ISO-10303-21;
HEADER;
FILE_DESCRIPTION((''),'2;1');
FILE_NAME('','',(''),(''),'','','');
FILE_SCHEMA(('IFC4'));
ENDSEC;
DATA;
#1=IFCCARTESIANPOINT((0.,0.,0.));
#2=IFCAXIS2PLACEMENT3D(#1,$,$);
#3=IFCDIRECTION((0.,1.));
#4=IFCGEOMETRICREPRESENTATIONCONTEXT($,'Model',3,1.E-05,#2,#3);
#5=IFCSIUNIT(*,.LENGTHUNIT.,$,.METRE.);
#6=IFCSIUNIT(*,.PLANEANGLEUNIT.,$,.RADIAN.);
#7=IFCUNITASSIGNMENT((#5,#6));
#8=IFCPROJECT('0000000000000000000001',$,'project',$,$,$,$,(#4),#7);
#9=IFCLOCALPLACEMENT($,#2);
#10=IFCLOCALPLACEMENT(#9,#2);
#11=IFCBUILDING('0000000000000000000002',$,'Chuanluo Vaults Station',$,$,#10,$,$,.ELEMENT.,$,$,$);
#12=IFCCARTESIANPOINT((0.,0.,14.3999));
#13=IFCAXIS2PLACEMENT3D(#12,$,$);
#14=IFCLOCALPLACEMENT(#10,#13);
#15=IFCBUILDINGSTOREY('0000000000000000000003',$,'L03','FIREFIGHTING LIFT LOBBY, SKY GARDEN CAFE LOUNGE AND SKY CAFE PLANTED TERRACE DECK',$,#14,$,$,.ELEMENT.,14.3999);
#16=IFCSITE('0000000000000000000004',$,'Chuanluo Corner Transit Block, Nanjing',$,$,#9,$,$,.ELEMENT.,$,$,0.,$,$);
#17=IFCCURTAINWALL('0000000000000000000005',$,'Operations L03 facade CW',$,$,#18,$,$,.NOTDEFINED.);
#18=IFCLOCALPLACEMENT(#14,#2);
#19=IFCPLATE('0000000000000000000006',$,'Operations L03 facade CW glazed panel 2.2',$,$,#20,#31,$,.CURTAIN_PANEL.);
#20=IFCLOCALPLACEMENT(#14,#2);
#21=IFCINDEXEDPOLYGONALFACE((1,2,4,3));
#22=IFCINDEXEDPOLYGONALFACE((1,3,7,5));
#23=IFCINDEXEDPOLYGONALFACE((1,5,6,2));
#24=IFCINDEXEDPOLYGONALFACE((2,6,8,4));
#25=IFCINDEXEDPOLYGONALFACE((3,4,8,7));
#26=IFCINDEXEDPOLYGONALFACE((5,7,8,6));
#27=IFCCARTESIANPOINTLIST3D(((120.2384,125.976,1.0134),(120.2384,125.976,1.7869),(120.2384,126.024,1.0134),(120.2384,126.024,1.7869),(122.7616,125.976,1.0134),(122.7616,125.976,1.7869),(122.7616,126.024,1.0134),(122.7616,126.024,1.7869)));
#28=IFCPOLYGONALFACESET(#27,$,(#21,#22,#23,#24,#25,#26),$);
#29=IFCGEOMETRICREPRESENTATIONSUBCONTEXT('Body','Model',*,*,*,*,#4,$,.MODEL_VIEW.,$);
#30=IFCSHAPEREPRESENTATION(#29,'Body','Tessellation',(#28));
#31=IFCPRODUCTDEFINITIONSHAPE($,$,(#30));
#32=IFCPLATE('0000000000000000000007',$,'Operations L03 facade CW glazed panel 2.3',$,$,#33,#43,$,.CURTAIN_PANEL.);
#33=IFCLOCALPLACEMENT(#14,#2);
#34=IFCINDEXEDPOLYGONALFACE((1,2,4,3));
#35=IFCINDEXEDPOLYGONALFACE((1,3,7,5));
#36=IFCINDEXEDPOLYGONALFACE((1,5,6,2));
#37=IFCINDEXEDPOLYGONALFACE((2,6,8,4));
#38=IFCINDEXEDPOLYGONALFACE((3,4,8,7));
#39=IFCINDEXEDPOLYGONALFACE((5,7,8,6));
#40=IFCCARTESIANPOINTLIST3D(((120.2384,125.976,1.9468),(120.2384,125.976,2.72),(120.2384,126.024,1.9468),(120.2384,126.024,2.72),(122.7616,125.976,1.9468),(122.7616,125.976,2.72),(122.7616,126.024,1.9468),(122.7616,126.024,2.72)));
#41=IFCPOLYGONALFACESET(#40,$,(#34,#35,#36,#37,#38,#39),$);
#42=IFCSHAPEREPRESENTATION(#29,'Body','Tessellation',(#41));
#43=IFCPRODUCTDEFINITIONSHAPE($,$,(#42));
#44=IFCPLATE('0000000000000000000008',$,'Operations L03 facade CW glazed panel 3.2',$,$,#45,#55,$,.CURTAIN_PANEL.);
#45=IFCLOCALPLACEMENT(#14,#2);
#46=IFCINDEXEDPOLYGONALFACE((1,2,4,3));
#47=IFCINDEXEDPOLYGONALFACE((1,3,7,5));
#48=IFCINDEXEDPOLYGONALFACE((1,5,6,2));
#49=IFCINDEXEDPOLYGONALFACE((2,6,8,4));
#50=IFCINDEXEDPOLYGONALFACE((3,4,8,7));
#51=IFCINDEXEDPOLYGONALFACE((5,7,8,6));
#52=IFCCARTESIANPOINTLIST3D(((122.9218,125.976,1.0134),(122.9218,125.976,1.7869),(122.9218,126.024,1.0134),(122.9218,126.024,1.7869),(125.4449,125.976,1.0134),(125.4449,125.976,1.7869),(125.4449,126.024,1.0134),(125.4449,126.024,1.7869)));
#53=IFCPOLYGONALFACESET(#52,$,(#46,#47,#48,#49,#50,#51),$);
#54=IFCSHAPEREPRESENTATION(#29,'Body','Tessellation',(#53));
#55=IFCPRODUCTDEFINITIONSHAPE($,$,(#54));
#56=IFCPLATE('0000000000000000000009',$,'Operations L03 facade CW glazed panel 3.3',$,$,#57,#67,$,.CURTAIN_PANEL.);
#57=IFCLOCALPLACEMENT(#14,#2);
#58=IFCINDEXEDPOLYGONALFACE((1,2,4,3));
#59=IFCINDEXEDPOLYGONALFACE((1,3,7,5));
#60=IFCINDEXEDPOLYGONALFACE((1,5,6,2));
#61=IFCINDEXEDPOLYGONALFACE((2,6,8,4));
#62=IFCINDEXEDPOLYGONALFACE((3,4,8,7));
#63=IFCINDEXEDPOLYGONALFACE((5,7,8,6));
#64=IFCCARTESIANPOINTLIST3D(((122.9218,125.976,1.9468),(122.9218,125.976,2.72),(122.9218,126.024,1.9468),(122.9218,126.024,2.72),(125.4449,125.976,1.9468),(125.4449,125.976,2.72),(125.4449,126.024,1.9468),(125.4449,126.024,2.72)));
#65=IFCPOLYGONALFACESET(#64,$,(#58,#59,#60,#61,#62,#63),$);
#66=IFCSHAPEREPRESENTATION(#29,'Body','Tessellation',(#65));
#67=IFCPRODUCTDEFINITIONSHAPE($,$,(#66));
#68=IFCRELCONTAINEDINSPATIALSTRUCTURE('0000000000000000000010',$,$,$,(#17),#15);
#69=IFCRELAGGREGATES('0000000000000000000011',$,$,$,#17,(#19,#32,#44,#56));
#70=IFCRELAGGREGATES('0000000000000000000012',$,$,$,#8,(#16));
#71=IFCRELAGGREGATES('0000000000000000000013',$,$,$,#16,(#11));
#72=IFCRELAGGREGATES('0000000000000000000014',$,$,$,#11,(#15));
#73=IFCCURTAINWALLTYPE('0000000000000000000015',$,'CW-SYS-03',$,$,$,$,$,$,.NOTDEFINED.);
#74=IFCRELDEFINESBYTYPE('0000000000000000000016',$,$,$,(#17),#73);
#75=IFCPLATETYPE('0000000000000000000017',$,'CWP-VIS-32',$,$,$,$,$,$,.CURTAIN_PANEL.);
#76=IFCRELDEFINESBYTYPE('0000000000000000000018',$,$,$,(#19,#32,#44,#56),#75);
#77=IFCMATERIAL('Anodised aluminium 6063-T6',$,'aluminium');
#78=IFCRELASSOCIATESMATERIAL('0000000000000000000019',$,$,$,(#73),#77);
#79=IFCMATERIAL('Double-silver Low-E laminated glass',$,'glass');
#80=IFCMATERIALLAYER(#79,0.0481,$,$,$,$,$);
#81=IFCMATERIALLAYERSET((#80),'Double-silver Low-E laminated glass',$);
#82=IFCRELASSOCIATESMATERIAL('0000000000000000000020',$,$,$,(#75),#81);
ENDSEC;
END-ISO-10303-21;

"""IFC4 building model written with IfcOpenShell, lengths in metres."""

from ifc_helpers import new_model, si_unit, direction, frame, origin, origin_2d, place, context, subcontext, project, spatial, rectangle, extrude, material, layer, layer_set, type_object, element, aggregate, save


model = new_model("IFC4")

# Units and contexts
model_context = context("Model", 3, precision=1e-05, world=origin(), true_north=direction((0.0, 1.0)))
body_context = subcontext(model_context, "Body", "Model", "MODEL_VIEW")
ifc_project = project(units=[si_unit("LENGTHUNIT", "METRE"), si_unit("PLANEANGLEUNIT", "RADIAN")], contexts=[model_context])

# Site, building, storey
site_placement = place(None, origin())
site = spatial("IfcSite", under=ifc_project, at=site_placement, Name="Chuanluo Corner Transit Block, Nanjing", CompositionType="ELEMENT", RefElevation=0.0)
building_placement = place(site_placement, origin())
building = spatial("IfcBuilding", under=site, at=building_placement, Name="Chuanluo Vaults Station", CompositionType="ELEMENT")
storey_placement = place(building_placement, frame((0.0, 0.0, 14.3999)))
storey = spatial("IfcBuildingStorey", under=building, at=storey_placement, Name="L03", Description="FIREFIGHTING LIFT LOBBY, SKY GARDEN CAFE LOUNGE AND SKY CAFE PLANTED TERRACE DECK", CompositionType="ELEMENT", Elevation=14.3999)

# Curtain wall, plates
ifc_material_1 = material(Name="Anodised aluminium 6063-T6", Category="aluminium")
curtain_wall_type = type_object("IfcCurtainWallType", Name="CW-SYS-03", PredefinedType="NOTDEFINED", material=ifc_material_1)
curtain_wall_placement = place(storey_placement, origin())
curtain_wall = element("IfcCurtainWall", 1, at=curtain_wall_placement, inside=storey, type_object=curtain_wall_type, Name="Operations L03 facade CW", PredefinedType="NOTDEFINED")
ifc_material_2 = material(Name="Double-silver Low-E laminated glass", Category="glass")
ifc_layer_1 = layer(ifc_material_2, 0.0481)
ifc_layer_set_1 = layer_set([ifc_layer_1], Name="Double-silver Low-E laminated glass")
plate_type_1 = type_object("IfcPlateType", Name="CWP-VIS-32", PredefinedType="CURTAIN_PANEL", material=ifc_layer_set_1)
plate_1_placement = place(storey_placement, frame((121.5, 126.0, 1.0134), z_axis=(0.0, 0.0, 1.0), x_axis=(1.0, 0.0, 0.0)))
plate_1 = element("IfcPlate", 2, at=plate_1_placement, type_object=plate_type_1, Name="Operations L03 facade CW glazed panel 2.2", PredefinedType="CURTAIN_PANEL", context=body_context, shape_type="SweptSolid", body=[
    extrude(rectangle(XDim=2.5232, YDim=0.0481, at=origin_2d()), origin(), (0.0, 0.0, 1.0), 0.7734),
])
plate_2_placement = place(storey_placement, frame((121.5, 126.0, 1.9468), z_axis=(0.0, 0.0, 1.0), x_axis=(1.0, 0.0, 0.0)))
plate_2 = element("IfcPlate", 3, at=plate_2_placement, type_object=plate_type_1, Name="Operations L03 facade CW glazed panel 2.3", PredefinedType="CURTAIN_PANEL", context=body_context, shape_type="SweptSolid", body=[
    extrude(rectangle(XDim=2.5232, YDim=0.0481, at=origin_2d()), origin(), (0.0, 0.0, 1.0), 0.7732),
])
plate_3_placement = place(storey_placement, frame((124.1833, 126.0, 1.0134), z_axis=(0.0, 0.0, 1.0), x_axis=(1.0, 0.0, 0.0)))
plate_3 = element("IfcPlate", 4, at=plate_3_placement, type_object=plate_type_1, Name="Operations L03 facade CW glazed panel 3.2", PredefinedType="CURTAIN_PANEL", context=body_context, shape_type="SweptSolid", body=[
    extrude(rectangle(XDim=2.5232, YDim=0.0481, at=origin_2d()), origin(), (0.0, 0.0, 1.0), 0.7734),
])
plate_4_placement = place(storey_placement, frame((124.1833, 126.0, 1.9468), z_axis=(0.0, 0.0, 1.0), x_axis=(1.0, 0.0, 0.0)))
plate_4 = element("IfcPlate", 5, at=plate_4_placement, type_object=plate_type_1, Name="Operations L03 facade CW glazed panel 3.3", PredefinedType="CURTAIN_PANEL", context=body_context, shape_type="SweptSolid", body=[
    extrude(rectangle(XDim=2.5232, YDim=0.0481, at=origin_2d()), origin(), (0.0, 0.0, 1.0), 0.7732),
])
aggregate(curtain_wall, [plate_1, plate_2, plate_3, plate_4])

save(model, "model.ifc")
